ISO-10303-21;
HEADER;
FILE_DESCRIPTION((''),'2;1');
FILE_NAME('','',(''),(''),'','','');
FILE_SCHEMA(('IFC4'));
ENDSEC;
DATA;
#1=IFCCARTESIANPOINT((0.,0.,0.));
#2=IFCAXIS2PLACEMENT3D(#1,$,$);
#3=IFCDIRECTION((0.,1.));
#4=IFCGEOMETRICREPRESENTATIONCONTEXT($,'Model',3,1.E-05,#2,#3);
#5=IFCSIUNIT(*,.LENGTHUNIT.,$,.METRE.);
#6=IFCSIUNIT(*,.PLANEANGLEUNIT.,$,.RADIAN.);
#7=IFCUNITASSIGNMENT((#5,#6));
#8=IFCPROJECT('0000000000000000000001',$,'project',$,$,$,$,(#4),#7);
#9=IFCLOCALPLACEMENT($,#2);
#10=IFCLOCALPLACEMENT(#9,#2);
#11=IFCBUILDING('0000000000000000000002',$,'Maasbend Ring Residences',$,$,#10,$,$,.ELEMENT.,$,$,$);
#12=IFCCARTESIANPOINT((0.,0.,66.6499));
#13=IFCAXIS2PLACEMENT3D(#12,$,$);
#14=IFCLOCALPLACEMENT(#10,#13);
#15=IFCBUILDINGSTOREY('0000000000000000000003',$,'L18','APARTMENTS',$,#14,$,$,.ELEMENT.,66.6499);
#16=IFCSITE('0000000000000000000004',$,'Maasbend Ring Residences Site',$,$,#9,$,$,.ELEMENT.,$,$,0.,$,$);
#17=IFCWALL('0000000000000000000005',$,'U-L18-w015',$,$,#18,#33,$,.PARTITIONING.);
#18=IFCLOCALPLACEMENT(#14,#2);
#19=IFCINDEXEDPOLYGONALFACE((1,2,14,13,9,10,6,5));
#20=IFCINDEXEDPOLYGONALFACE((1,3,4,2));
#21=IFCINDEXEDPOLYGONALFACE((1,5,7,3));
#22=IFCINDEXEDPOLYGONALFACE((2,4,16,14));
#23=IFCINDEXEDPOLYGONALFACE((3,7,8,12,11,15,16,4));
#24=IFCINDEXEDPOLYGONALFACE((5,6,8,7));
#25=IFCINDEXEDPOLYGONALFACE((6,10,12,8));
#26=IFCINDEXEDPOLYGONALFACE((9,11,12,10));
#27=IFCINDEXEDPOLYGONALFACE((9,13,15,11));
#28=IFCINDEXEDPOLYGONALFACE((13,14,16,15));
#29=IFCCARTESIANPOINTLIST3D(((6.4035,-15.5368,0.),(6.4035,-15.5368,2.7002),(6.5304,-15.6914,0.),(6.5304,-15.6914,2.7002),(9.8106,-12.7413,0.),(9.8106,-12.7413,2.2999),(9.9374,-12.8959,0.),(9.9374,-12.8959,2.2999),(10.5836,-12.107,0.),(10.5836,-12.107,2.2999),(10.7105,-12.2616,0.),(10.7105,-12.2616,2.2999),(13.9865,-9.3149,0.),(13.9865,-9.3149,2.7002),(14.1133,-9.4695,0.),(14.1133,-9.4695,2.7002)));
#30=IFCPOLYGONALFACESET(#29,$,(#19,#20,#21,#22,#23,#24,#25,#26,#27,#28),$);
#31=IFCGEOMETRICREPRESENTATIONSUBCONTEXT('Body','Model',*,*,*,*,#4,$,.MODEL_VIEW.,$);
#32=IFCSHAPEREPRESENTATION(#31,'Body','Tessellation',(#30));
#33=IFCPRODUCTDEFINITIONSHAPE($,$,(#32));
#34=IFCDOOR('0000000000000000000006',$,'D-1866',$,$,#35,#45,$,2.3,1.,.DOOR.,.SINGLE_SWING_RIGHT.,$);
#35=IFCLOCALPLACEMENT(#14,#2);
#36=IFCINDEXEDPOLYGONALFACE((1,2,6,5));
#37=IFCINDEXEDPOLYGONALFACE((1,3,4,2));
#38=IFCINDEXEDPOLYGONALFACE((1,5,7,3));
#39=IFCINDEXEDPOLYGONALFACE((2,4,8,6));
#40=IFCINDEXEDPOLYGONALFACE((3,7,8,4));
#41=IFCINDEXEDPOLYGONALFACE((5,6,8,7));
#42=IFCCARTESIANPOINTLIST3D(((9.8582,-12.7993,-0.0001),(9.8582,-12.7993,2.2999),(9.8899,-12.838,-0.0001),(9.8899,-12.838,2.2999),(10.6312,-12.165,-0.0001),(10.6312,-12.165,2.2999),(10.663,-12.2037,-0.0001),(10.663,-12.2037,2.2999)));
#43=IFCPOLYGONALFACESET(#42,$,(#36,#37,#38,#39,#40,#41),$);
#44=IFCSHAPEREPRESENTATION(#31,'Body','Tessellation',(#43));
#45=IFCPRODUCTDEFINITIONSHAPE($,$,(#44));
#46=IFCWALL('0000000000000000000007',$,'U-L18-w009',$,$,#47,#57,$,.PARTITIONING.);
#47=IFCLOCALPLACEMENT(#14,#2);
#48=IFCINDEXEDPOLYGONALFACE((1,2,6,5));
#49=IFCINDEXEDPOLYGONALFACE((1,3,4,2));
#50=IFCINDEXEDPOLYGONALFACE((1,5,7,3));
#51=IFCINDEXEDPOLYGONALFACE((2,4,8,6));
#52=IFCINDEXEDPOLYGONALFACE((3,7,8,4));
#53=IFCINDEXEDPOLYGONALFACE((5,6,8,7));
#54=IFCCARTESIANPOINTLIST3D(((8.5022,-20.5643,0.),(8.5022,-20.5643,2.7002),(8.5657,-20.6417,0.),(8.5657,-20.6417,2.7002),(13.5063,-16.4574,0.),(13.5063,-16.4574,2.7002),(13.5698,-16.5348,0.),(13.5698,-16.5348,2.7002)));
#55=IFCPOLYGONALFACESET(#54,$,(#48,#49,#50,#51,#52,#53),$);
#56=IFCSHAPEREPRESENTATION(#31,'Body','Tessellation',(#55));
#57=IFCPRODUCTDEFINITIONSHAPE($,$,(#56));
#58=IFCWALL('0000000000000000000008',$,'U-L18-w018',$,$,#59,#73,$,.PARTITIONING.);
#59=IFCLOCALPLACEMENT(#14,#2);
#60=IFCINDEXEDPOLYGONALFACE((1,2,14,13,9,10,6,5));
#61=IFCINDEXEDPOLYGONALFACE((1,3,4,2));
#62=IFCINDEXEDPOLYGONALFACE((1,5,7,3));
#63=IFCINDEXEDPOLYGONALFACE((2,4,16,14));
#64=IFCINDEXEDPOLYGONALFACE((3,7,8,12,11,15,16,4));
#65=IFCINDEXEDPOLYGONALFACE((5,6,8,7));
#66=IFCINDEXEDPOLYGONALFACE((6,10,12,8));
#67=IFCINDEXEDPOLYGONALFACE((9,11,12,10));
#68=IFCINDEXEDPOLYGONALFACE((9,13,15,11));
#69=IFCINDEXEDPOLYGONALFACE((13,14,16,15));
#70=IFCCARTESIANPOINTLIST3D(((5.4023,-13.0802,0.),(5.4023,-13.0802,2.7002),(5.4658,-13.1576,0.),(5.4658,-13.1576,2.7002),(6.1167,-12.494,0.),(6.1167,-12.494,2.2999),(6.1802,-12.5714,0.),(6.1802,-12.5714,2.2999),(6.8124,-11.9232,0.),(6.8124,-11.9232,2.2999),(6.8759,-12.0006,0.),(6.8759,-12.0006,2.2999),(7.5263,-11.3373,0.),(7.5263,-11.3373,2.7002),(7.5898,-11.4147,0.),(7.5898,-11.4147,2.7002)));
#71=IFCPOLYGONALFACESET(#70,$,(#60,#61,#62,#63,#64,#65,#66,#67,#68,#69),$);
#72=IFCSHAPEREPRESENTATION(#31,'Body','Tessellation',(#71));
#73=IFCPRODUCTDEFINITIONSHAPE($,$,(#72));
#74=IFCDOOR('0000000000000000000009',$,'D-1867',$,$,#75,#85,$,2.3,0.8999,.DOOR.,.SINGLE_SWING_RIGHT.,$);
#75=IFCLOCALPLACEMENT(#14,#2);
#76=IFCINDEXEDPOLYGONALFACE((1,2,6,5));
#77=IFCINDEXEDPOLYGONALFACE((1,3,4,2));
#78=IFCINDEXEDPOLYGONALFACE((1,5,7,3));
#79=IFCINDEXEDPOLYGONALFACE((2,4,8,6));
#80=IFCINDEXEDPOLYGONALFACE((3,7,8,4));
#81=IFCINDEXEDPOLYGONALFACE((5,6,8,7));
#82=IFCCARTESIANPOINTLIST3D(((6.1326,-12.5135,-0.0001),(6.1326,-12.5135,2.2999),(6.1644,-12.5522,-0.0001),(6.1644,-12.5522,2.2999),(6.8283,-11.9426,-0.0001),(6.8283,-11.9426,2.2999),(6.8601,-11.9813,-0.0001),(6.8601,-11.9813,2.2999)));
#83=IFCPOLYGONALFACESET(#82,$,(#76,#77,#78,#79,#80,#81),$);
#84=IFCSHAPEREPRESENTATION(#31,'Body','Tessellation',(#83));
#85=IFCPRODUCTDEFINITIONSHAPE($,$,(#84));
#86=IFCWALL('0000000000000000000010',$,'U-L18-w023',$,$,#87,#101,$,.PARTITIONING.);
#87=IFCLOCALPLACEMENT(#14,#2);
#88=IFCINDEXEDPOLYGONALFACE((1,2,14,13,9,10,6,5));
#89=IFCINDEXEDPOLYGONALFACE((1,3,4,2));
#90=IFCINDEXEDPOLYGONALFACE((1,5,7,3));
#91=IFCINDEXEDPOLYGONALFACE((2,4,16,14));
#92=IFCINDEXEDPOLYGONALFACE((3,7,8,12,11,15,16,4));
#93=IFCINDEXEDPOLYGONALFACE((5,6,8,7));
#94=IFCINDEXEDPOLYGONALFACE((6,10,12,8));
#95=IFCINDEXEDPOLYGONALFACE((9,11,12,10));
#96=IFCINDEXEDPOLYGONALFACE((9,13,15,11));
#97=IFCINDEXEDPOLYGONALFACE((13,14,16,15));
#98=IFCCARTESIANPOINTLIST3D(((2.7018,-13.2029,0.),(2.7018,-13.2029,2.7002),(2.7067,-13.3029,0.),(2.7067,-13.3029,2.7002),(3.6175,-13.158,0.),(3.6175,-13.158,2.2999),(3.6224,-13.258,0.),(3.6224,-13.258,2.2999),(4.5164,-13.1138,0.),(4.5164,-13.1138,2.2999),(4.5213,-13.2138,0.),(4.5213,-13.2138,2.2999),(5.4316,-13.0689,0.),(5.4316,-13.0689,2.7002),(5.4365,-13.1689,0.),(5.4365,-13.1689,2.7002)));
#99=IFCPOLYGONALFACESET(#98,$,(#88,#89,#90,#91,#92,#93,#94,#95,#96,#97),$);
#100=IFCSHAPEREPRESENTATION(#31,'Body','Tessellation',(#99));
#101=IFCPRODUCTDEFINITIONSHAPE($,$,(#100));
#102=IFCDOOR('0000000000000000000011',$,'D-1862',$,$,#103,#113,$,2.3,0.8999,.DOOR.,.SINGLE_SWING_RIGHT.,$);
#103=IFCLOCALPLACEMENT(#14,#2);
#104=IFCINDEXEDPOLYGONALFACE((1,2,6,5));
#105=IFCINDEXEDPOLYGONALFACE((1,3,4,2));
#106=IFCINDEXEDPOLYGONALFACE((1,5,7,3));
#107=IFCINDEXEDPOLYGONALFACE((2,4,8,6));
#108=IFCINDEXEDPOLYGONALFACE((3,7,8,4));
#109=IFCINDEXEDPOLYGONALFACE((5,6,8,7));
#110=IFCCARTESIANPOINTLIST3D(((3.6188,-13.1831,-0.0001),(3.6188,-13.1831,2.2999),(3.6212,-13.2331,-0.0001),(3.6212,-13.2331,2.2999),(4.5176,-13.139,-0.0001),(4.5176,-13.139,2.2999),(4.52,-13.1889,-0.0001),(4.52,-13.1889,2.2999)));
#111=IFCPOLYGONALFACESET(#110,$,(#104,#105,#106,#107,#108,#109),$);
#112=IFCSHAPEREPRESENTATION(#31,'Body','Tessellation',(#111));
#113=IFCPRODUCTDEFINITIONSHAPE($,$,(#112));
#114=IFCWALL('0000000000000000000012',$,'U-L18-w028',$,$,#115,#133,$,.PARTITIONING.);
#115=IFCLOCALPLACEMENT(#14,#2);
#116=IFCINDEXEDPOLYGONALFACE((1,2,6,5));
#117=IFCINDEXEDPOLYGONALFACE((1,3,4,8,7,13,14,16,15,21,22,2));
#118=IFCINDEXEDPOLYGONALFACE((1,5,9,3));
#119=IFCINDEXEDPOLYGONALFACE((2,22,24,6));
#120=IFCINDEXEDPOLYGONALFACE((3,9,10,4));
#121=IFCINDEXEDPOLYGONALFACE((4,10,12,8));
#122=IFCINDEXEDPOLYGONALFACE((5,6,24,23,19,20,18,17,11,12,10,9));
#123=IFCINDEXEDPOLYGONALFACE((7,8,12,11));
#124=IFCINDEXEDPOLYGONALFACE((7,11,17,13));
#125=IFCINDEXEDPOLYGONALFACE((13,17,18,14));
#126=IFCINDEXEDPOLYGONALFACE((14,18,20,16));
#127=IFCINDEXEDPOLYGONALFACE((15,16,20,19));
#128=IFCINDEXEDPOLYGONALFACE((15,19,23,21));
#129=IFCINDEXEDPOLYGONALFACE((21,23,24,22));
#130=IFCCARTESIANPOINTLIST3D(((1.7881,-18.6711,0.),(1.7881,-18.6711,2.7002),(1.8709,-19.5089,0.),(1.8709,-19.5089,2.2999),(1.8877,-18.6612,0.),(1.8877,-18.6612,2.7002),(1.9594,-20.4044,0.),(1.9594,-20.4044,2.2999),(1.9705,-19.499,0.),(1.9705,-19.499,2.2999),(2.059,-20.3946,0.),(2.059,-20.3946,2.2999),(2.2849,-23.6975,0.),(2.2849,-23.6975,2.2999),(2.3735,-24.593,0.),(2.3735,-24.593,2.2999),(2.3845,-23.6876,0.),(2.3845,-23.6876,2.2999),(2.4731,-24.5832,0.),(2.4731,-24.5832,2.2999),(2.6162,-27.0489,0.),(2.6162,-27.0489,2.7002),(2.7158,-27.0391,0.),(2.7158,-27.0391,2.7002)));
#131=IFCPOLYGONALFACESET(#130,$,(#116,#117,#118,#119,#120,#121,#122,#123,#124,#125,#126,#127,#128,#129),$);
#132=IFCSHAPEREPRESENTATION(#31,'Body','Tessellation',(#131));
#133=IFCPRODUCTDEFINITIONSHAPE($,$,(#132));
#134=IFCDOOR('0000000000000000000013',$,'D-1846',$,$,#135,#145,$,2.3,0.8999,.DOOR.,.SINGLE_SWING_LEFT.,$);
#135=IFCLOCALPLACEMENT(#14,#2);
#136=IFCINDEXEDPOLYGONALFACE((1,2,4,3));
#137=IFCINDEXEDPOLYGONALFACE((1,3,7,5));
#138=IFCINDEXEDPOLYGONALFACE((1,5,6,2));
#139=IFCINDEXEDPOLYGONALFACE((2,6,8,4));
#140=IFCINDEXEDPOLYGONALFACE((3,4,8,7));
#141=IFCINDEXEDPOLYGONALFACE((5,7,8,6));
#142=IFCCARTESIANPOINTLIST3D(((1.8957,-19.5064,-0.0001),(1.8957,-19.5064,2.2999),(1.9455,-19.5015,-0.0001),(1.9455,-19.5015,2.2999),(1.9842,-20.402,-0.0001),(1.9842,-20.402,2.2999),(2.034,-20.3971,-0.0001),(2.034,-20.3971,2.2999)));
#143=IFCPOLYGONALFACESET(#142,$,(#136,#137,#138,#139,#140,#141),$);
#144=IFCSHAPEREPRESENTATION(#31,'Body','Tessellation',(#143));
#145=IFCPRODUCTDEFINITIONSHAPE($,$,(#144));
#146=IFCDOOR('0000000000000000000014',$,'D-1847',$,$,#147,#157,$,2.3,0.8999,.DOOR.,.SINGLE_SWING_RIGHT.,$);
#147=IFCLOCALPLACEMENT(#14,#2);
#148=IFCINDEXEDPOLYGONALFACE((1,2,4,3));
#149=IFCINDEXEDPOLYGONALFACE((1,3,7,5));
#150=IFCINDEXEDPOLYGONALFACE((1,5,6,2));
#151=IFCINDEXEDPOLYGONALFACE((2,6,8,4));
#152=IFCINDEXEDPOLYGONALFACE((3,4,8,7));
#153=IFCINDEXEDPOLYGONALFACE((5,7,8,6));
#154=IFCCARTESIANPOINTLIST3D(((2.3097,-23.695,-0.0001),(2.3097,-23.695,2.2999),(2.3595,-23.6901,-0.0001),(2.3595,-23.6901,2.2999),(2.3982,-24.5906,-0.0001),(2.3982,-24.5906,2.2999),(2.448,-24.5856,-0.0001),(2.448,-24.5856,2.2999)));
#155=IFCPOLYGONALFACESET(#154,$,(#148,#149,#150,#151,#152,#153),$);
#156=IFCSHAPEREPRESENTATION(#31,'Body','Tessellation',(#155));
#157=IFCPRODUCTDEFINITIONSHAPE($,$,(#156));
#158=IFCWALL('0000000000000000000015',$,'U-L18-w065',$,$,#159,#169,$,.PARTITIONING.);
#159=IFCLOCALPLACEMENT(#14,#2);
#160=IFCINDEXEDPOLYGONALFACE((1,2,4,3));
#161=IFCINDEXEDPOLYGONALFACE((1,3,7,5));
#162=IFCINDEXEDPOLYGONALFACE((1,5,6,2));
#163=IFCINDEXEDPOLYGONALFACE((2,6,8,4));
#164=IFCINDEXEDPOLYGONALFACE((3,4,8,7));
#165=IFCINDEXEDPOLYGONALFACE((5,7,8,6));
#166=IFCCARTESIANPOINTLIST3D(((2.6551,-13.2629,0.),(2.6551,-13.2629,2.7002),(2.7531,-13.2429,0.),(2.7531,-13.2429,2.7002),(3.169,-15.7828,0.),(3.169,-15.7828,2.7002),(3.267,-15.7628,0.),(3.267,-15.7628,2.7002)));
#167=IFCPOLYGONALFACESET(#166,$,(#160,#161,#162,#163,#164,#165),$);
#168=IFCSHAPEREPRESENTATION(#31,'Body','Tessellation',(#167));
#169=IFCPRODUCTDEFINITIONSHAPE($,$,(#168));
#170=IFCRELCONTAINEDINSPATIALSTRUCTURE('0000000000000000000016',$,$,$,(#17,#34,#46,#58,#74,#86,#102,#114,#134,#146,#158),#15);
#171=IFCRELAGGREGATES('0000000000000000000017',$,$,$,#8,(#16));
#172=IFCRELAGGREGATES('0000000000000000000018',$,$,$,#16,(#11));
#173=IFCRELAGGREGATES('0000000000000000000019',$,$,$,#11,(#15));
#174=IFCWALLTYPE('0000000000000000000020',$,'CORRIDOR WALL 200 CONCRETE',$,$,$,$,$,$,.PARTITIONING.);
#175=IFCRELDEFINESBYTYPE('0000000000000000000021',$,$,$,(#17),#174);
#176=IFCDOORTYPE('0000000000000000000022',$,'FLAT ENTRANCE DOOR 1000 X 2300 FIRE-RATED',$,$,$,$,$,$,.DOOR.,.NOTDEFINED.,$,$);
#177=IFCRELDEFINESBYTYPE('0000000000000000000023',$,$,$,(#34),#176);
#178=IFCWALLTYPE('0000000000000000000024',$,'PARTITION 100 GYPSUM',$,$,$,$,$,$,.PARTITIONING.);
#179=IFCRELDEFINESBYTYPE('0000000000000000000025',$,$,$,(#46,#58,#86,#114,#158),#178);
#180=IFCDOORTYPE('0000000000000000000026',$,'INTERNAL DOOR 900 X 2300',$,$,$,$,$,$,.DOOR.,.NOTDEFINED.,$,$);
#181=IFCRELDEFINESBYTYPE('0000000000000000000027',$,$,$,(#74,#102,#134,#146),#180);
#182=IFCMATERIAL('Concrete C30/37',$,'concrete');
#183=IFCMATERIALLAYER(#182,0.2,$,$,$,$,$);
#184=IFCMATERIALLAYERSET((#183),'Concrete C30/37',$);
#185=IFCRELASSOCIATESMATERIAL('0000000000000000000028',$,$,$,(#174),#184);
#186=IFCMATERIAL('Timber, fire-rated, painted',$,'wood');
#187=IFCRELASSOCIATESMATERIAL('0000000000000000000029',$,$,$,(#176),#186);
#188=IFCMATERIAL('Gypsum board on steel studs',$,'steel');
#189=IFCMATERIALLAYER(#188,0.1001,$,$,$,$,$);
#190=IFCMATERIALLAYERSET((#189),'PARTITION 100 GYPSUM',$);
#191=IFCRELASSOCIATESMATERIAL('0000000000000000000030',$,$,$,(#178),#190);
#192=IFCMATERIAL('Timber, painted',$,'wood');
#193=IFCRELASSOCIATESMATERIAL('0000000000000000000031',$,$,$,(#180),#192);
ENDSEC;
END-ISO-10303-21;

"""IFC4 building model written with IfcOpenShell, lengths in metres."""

from ifc_helpers import new_model, si_unit, direction, frame, frame_2d, origin, place, context, subcontext, project, spatial, rectangle, extrude, material, layer, layer_set, type_object, element, fill, save


model = new_model("IFC4")

# Units and contexts
model_context = context("Model", 3, precision=1e-05, world=origin(), true_north=direction((0.0, 1.0)))
body_context = subcontext(model_context, "Body", "Model", "MODEL_VIEW")
ifc_project = project(units=[si_unit("LENGTHUNIT", "METRE"), si_unit("PLANEANGLEUNIT", "RADIAN")], contexts=[model_context])

# Site, building, storey
site_placement = place(None, origin())
site = spatial("IfcSite", under=ifc_project, at=site_placement, Name="Maasbend Ring Residences Site", CompositionType="ELEMENT", RefElevation=0.0)
building_placement = place(site_placement, origin())
building = spatial("IfcBuilding", under=site, at=building_placement, Name="Maasbend Ring Residences", CompositionType="ELEMENT")
storey_placement = place(building_placement, frame((0.0, 0.0, 66.6499)))
storey = spatial("IfcBuildingStorey", under=building, at=storey_placement, Name="L18", Description="APARTMENTS", CompositionType="ELEMENT", Elevation=66.6499)

# Wall, opening, door
ifc_material_1 = material(Name="Concrete C30/37", Category="concrete")
ifc_layer_1 = layer(ifc_material_1, 0.2)
ifc_layer_set_1 = layer_set([ifc_layer_1], Name="Concrete C30/37")
wall_type_1 = type_object("IfcWallType", Name="CORRIDOR WALL 200 CONCRETE", PredefinedType="PARTITIONING", material=ifc_layer_set_1)
ifc_material_2 = material(Name="Timber, fire-rated, painted", Category="wood")
door_type_1 = type_object("IfcDoorType", Name="FLAT ENTRANCE DOOR 1000 X 2300 FIRE-RATED", OperationType="NOTDEFINED", PredefinedType="DOOR", material=ifc_material_2)
wall_1_placement = place(storey_placement, frame((6.467, -15.614, 0.0), z_axis=(0.0, 0.0, 1.0), x_axis=(0.773075, 0.634315, 0.0)))
wall_1 = element("IfcWall", 1, at=wall_1_placement, inside=storey, type_object=wall_type_1, Name="U-L18-w015", PredefinedType="PARTITIONING", context=body_context, shape_type="SweptSolid", body=[
    extrude(rectangle(XDim=9.8088, YDim=0.2, at=frame_2d((4.9043, 0.0))), origin(), (0.0, 0.0, 1.0), 2.7002),
])
opening_1_placement = place(wall_1_placement, frame((4.407, 0.0, 0.0)))
opening_1 = element("IfcOpeningElement", 2, at=opening_1_placement, cuts=wall_1, PredefinedType="OPENING", context=body_context, shape_type="SweptSolid", body=[
    extrude(rectangle(XDim=1.0, YDim=2.3, at=frame_2d((0.5, 1.1499))), frame((0.0, 0.1099, 0.0), z_axis=(0.0, -1.0, 0.0), x_axis=(1.0, 0.0, 0.0)), (0.0, 0.0, 1.0), 0.22),
])
door_1_placement = place(opening_1_placement, origin())
door_1 = element("IfcDoor", 3, at=door_1_placement, inside=storey, type_object=door_type_1, Name="D-1866", OperationType="SINGLE_SWING_RIGHT", OverallHeight=2.3, OverallWidth=1.0, PredefinedType="DOOR", context=body_context, shape_type="SweptSolid", body=[
    extrude(rectangle(XDim=1.0, YDim=2.3, at=frame_2d((0.5, 1.1499))), frame((0.0, 0.0249, 0.0), z_axis=(0.0, -1.0, 0.0), x_axis=(1.0, 0.0, 0.0)), (0.0, 0.0, 1.0), 0.05),
])
fill(opening_1, door_1)

# Wall
ifc_material_3 = material(Name="Gypsum board on steel studs", Category="steel")
ifc_layer_2 = layer(ifc_material_3, 0.1001)
ifc_layer_set_2 = layer_set([ifc_layer_2], Name="PARTITION 100 GYPSUM")
wall_type_2 = type_object("IfcWallType", Name="PARTITION 100 GYPSUM", PredefinedType="PARTITIONING", material=ifc_layer_set_2)
wall_2_placement = place(storey_placement, frame((8.5339, -20.603, 0.0), z_axis=(0.0, 0.0, 1.0), x_axis=(0.773, 0.634406, 0.0)))
element("IfcWall", 4, at=wall_2_placement, inside=storey, type_object=wall_type_2, Name="U-L18-w009", PredefinedType="PARTITIONING", context=body_context, shape_type="SweptSolid", body=[
    extrude(rectangle(XDim=6.4736, YDim=0.1001, at=frame_2d((3.2368, 0.0))), origin(), (0.0, 0.0, 1.0), 2.7002),
])

# Walls, openings, doors
wall_3_placement = place(storey_placement, frame((5.4341, -13.1189, 0.0), z_axis=(0.0, 0.0, 1.0), x_axis=(0.77305, 0.634345, 0.0)))
wall_3 = element("IfcWall", 5, at=wall_3_placement, inside=storey, type_object=wall_type_2, Name="U-L18-w018", PredefinedType="PARTITIONING", context=body_context, shape_type="SweptSolid", body=[
    extrude(rectangle(XDim=2.7476, YDim=0.1001, at=frame_2d((1.3738, 0.0))), origin(), (0.0, 0.0, 1.0), 2.7002),
])
opening_2_placement = place(wall_3_placement, frame((0.9241, 0.0, 0.0)))
opening_2 = element("IfcOpeningElement", 6, at=opening_2_placement, cuts=wall_3, PredefinedType="OPENING", context=body_context, shape_type="SweptSolid", body=[
    extrude(rectangle(XDim=0.8999, YDim=2.3, at=frame_2d((0.45, 1.1499))), frame((0.0, 0.0601, 0.0), z_axis=(0.0, -1.0, 0.0), x_axis=(1.0, 0.0, 0.0)), (0.0, 0.0, 1.0), 0.1201),
])
ifc_material_4 = material(Name="Timber, painted", Category="wood")
door_type_2 = type_object("IfcDoorType", Name="INTERNAL DOOR 900 X 2300", OperationType="NOTDEFINED", PredefinedType="DOOR", material=ifc_material_4)
door_2_placement = place(opening_2_placement, origin())
door_2 = element("IfcDoor", 7, at=door_2_placement, inside=storey, type_object=door_type_2, Name="D-1867", OperationType="SINGLE_SWING_RIGHT", OverallHeight=2.3, OverallWidth=0.8999, PredefinedType="DOOR", context=body_context, shape_type="SweptSolid", body=[
    extrude(rectangle(XDim=0.8999, YDim=2.3, at=frame_2d((0.45, 1.1499))), frame((0.0, 0.0249, 0.0), z_axis=(0.0, -1.0, 0.0), x_axis=(1.0, 0.0, 0.0)), (0.0, 0.0, 1.0), 0.05),
])
fill(opening_2, door_2)
wall_4_placement = place(storey_placement, frame((2.7041, -13.2529, 0.0), z_axis=(0.0, 0.0, 1.0), x_axis=(0.998797, 0.049038, 0.0)))
wall_4 = element("IfcWall", 8, at=wall_4_placement, inside=storey, type_object=wall_type_2, Name="U-L18-w023", PredefinedType="PARTITIONING", context=body_context, shape_type="SweptSolid", body=[
    extrude(rectangle(XDim=2.7332, YDim=0.1001, at=frame_2d((1.3667, 0.0))), origin(), (0.0, 0.0, 1.0), 2.7002),
])
opening_3_placement = place(wall_4_placement, frame((0.917, 0.0, 0.0)))
opening_3 = element("IfcOpeningElement", 9, at=opening_3_placement, cuts=wall_4, PredefinedType="OPENING", context=body_context, shape_type="SweptSolid", body=[
    extrude(rectangle(XDim=0.8999, YDim=2.3, at=frame_2d((0.45, 1.1499))), frame((0.0, 0.0601, 0.0), z_axis=(0.0, -1.0, 0.0), x_axis=(1.0, 0.0, 0.0)), (0.0, 0.0, 1.0), 0.1201),
])
door_3_placement = place(opening_3_placement, origin())
door_3 = element("IfcDoor", 10, at=door_3_placement, inside=storey, type_object=door_type_2, Name="D-1862", OperationType="SINGLE_SWING_RIGHT", OverallHeight=2.3, OverallWidth=0.8999, PredefinedType="DOOR", context=body_context, shape_type="SweptSolid", body=[
    extrude(rectangle(XDim=0.8999, YDim=2.3, at=frame_2d((0.45, 1.1499))), frame((0.0, 0.0249, 0.0), z_axis=(0.0, -1.0, 0.0), x_axis=(1.0, 0.0, 0.0)), (0.0, 0.0, 1.0), 0.05),
])
fill(opening_3, door_3)

# Wall, openings, doors
wall_5_placement = place(storey_placement, frame((1.8379, -18.666, 0.0), z_axis=(0.0, 0.0, 1.0), x_axis=(0.098367, -0.99515, 0.0)))
wall_5 = element("IfcWall", 11, at=wall_5_placement, inside=storey, type_object=wall_type_2, Name="U-L18-w028", PredefinedType="PARTITIONING", context=body_context, shape_type="SweptSolid", body=[
    extrude(rectangle(XDim=8.4187, YDim=0.1001, at=frame_2d((4.2095, 0.0))), origin(), (0.0, 0.0, 1.0), 2.7002),
])
opening_4_placement = place(wall_5_placement, frame((0.842, 0.0, 0.0)))
opening_4 = element("IfcOpeningElement", 12, at=opening_4_placement, cuts=wall_5, PredefinedType="OPENING", context=body_context, shape_type="SweptSolid", body=[
    extrude(rectangle(XDim=0.8999, YDim=2.3, at=frame_2d((0.45, 1.1499))), frame((0.0, 0.0601, 0.0), z_axis=(0.0, -1.0, 0.0), x_axis=(1.0, 0.0, 0.0)), (0.0, 0.0, 1.0), 0.1201),
])
opening_5_placement = place(wall_5_placement, frame((5.051, 0.0, 0.0)))
opening_5 = element("IfcOpeningElement", 13, at=opening_5_placement, cuts=wall_5, PredefinedType="OPENING", context=body_context, shape_type="SweptSolid", body=[
    extrude(rectangle(XDim=0.8999, YDim=2.3, at=frame_2d((0.45, 1.1499))), frame((0.0, 0.0601, 0.0), z_axis=(0.0, -1.0, 0.0), x_axis=(1.0, 0.0, 0.0)), (0.0, 0.0, 1.0), 0.1201),
])
door_4_placement = place(opening_4_placement, origin())
door_4 = element("IfcDoor", 14, at=door_4_placement, inside=storey, type_object=door_type_2, Name="D-1846", OperationType="SINGLE_SWING_LEFT", OverallHeight=2.3, OverallWidth=0.8999, PredefinedType="DOOR", context=body_context, shape_type="SweptSolid", body=[
    extrude(rectangle(XDim=0.8999, YDim=2.3, at=frame_2d((0.45, 1.1499))), frame((0.0, 0.0249, 0.0), z_axis=(0.0, -1.0, 0.0), x_axis=(1.0, 0.0, 0.0)), (0.0, 0.0, 1.0), 0.05),
])
fill(opening_4, door_4)
door_5_placement = place(opening_5_placement, origin())
door_5 = element("IfcDoor", 15, at=door_5_placement, inside=storey, type_object=door_type_2, Name="D-1847", OperationType="SINGLE_SWING_RIGHT", OverallHeight=2.3, OverallWidth=0.8999, PredefinedType="DOOR", context=body_context, shape_type="SweptSolid", body=[
    extrude(rectangle(XDim=0.8999, YDim=2.3, at=frame_2d((0.45, 1.1499))), frame((0.0, 0.0249, 0.0), z_axis=(0.0, -1.0, 0.0), x_axis=(1.0, 0.0, 0.0)), (0.0, 0.0, 1.0), 0.05),
])
fill(opening_5, door_5)

# Wall
wall_6_placement = place(storey_placement, frame((2.7041, -13.2529, 0.0), z_axis=(0.0, 0.0, 1.0), x_axis=(0.199821, -0.979833, 0.0)))
element("IfcWall", 16, at=wall_6_placement, inside=storey, type_object=wall_type_2, Name="U-L18-w065", PredefinedType="PARTITIONING", context=body_context, shape_type="SweptSolid", body=[
    extrude(rectangle(XDim=2.5718, YDim=0.1001, at=frame_2d((1.2859, 0.0))), origin(), (0.0, 0.0, 1.0), 2.7002),
])

save(model, "model.ifc")
